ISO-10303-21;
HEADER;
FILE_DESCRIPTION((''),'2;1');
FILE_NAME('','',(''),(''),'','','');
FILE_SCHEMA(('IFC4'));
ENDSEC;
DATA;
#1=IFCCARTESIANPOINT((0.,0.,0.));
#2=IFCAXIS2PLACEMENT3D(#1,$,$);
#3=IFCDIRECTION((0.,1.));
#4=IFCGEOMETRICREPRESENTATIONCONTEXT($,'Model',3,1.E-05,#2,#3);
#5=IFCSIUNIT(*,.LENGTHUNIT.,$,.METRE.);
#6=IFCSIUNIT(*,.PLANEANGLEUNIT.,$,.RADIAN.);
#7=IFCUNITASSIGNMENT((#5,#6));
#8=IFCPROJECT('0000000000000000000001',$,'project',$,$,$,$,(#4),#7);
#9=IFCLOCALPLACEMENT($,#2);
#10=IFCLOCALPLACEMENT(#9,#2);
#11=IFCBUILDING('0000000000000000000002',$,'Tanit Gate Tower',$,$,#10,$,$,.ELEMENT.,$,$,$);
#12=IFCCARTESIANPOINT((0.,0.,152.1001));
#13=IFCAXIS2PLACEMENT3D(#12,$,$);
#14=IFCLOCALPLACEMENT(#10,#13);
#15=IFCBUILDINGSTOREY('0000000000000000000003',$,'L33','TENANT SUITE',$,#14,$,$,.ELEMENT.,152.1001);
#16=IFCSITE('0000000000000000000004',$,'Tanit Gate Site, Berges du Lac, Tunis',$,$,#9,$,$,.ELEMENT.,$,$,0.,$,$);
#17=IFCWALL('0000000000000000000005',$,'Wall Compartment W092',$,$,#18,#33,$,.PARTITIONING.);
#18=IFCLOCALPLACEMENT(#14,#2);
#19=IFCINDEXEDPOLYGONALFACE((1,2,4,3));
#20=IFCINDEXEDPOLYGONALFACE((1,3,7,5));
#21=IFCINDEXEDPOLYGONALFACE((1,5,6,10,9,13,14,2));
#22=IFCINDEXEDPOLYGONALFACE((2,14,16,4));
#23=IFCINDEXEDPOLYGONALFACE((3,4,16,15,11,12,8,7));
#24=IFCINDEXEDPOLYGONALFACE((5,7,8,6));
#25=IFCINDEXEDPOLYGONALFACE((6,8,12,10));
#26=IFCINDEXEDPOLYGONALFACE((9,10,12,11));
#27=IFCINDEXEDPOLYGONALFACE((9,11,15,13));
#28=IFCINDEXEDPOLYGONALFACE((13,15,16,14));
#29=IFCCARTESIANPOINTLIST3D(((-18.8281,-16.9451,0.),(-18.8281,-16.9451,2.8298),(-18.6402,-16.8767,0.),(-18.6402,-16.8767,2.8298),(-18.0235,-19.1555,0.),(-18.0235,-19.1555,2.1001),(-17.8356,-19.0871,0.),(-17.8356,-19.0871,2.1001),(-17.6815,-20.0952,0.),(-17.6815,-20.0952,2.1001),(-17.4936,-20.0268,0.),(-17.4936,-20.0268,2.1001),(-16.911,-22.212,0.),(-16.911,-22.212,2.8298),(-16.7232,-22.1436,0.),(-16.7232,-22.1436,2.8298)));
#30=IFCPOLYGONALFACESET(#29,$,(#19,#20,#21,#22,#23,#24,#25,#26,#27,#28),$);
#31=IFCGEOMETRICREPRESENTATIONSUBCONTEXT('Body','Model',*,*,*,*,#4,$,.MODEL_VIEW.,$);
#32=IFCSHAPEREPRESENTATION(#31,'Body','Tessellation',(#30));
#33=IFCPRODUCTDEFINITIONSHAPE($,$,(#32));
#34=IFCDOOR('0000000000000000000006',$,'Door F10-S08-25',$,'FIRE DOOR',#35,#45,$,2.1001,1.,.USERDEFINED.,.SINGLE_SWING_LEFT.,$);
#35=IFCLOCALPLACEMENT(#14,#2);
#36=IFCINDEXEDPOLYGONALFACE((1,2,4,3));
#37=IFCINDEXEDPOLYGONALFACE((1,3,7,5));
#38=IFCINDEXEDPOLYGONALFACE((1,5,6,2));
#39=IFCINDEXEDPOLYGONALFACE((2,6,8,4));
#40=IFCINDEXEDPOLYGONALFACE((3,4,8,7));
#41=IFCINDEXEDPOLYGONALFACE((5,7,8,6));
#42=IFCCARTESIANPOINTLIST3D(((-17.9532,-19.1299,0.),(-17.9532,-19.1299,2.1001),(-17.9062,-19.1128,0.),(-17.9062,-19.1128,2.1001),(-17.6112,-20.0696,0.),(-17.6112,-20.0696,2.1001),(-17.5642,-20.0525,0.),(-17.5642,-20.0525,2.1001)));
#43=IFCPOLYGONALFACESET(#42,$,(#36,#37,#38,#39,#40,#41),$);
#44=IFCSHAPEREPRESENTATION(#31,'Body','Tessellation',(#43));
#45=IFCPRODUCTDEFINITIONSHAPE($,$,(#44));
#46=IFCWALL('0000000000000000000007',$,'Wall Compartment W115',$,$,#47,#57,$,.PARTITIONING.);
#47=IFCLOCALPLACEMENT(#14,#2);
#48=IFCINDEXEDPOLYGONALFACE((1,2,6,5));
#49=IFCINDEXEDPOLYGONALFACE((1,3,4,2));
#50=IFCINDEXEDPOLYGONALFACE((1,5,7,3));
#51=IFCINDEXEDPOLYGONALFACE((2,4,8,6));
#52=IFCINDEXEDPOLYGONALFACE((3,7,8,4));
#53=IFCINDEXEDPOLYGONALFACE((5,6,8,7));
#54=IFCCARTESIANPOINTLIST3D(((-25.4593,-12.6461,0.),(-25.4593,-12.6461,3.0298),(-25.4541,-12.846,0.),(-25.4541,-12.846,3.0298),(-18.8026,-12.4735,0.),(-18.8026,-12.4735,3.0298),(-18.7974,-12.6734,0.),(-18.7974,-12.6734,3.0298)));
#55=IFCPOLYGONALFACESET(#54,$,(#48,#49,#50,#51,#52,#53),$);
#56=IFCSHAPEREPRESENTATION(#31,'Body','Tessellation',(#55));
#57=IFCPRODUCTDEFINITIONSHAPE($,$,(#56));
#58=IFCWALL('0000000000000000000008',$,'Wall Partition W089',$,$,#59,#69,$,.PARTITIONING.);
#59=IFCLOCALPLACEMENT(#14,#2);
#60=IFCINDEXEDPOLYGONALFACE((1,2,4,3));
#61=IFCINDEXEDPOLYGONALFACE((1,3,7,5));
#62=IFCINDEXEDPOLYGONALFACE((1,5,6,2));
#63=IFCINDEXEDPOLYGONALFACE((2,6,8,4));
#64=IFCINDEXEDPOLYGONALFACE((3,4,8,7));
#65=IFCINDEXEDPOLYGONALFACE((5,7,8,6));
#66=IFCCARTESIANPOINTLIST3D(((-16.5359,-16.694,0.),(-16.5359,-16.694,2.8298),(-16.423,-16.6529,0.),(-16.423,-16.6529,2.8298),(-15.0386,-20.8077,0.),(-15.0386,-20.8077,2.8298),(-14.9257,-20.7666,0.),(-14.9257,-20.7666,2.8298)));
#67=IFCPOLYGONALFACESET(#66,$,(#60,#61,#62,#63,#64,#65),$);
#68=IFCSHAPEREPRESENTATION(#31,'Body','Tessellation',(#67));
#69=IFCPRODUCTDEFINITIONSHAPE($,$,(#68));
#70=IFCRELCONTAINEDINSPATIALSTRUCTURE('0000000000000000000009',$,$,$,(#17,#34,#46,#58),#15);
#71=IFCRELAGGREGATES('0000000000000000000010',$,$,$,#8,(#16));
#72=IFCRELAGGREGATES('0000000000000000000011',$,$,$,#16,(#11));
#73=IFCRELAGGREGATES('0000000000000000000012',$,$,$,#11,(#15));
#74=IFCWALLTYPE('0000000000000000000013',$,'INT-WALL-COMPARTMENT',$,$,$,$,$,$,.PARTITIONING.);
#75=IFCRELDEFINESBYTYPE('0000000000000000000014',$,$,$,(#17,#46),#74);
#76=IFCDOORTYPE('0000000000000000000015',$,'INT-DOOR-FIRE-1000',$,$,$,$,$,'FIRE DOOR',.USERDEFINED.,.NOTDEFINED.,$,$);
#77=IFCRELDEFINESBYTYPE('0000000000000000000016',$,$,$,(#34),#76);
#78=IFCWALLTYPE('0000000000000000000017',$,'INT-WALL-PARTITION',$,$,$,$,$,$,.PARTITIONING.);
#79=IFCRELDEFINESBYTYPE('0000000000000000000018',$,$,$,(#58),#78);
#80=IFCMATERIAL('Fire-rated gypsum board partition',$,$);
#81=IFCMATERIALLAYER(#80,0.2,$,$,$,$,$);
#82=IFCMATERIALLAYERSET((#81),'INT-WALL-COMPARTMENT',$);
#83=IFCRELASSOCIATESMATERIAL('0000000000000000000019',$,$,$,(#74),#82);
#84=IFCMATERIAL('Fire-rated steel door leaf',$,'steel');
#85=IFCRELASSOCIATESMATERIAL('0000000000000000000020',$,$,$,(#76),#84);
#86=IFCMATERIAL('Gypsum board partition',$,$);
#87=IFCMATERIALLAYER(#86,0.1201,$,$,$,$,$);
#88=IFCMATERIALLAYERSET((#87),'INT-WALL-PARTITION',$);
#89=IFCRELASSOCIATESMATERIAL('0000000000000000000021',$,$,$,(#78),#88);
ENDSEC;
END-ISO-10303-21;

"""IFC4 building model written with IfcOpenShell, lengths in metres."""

from ifc_helpers import new_model, si_unit, direction, frame, frame_2d, origin, place, context, subcontext, project, spatial, rectangle, extrude, material, layer, layer_set, type_object, element, fill, save


model = new_model("IFC4")

# Units and contexts
model_context = context("Model", 3, precision=1e-05, world=origin(), true_north=direction((0.0, 1.0)))
body_context = subcontext(model_context, "Body", "Model", "MODEL_VIEW")
ifc_project = project(units=[si_unit("LENGTHUNIT", "METRE"), si_unit("PLANEANGLEUNIT", "RADIAN")], contexts=[model_context])

# Site, building, storey
site_placement = place(None, origin())
site = spatial("IfcSite", under=ifc_project, at=site_placement, Name="Tanit Gate Site, Berges du Lac, Tunis", CompositionType="ELEMENT", RefElevation=0.0)
building_placement = place(site_placement, origin())
building = spatial("IfcBuilding", under=site, at=building_placement, Name="Tanit Gate Tower", CompositionType="ELEMENT")
storey_placement = place(building_placement, frame((0.0, 0.0, 152.1001)))
storey = spatial("IfcBuildingStorey", under=building, at=storey_placement, Name="L33", Description="TENANT SUITE", CompositionType="ELEMENT", Elevation=152.1001)

# Wall, opening, door
ifc_material_1 = material(Name="Fire-rated gypsum board partition")
ifc_layer_1 = layer(ifc_material_1, 0.2)
ifc_layer_set_1 = layer_set([ifc_layer_1], Name="INT-WALL-COMPARTMENT")
wall_type_1 = type_object("IfcWallType", Name="INT-WALL-COMPARTMENT", PredefinedType="PARTITIONING", material=ifc_layer_set_1)
wall_1_placement = place(storey_placement, frame((-18.7341, -16.9109, 0.0), z_axis=(0.0, 0.0, 1.0), x_axis=(0.342023, -0.939692, 0.0)))
wall_1 = element("IfcWall", 1, at=wall_1_placement, inside=storey, type_object=wall_type_1, Name="Wall Compartment W092", PredefinedType="PARTITIONING", context=body_context, shape_type="SweptSolid", body=[
    extrude(rectangle(XDim=5.605, YDim=0.2, at=frame_2d((2.8025, 0.0))), origin(), (0.0, 0.0, 1.0), 2.8298),
])
opening_placement = place(wall_1_placement, frame((2.3523, 0.0, 0.0)))
opening = element("IfcOpeningElement", 2, at=opening_placement, cuts=wall_1, PredefinedType="OPENING", context=body_context, shape_type="SweptSolid", body=[
    extrude(rectangle(XDim=1.0, YDim=2.1001, at=frame_2d((0.5, 1.05))), frame((0.0, 0.1099, 0.0), z_axis=(0.0, -1.0, 0.0), x_axis=(1.0, 0.0, 0.0)), (0.0, 0.0, 1.0), 0.22),
])
ifc_material_2 = material(Name="Fire-rated steel door leaf", Category="steel")
door_type = type_object("IfcDoorType", Name="INT-DOOR-FIRE-1000", ElementType="FIRE DOOR", OperationType="NOTDEFINED", PredefinedType="USERDEFINED", material=ifc_material_2)
door_placement = place(opening_placement, origin())
door = element("IfcDoor", 3, at=door_placement, inside=storey, type_object=door_type, Name="Door F10-S08-25", ObjectType="FIRE DOOR", OperationType="SINGLE_SWING_LEFT", OverallHeight=2.1001, OverallWidth=1.0, PredefinedType="USERDEFINED", context=body_context, shape_type="SweptSolid", body=[
    extrude(rectangle(XDim=1.0, YDim=2.1001, at=frame_2d((0.5, 1.05))), frame((0.0, 0.0249, 0.0), z_axis=(0.0, -1.0, 0.0), x_axis=(1.0, 0.0, 0.0)), (0.0, 0.0, 1.0), 0.05),
])
fill(opening, door)

# Walls
wall_2_placement = place(storey_placement, frame((-25.4568, -12.7461, 0.0), z_axis=(0.0, 0.0, 1.0), x_axis=(0.999664, 0.025921, 0.0)))
element("IfcWall", 4, at=wall_2_placement, inside=storey, type_object=wall_type_1, Name="Wall Compartment W115", PredefinedType="PARTITIONING", context=body_context, shape_type="SweptSolid", body=[
    extrude(rectangle(XDim=6.6589, YDim=0.2, at=frame_2d((3.3296, 0.0))), origin(), (0.0, 0.0, 1.0), 3.0298),
])
ifc_material_3 = material(Name="Gypsum board partition")
ifc_layer_2 = layer(ifc_material_3, 0.1201)
ifc_layer_set_2 = layer_set([ifc_layer_2], Name="INT-WALL-PARTITION")
wall_type_2 = type_object("IfcWallType", Name="INT-WALL-PARTITION", PredefinedType="PARTITIONING", material=ifc_layer_set_2)
wall_3_placement = place(storey_placement, frame((-16.4795, -16.6733, 0.0), z_axis=(0.0, 0.0, 1.0), x_axis=(0.342025, -0.939691, 0.0)))
element("IfcWall", 5, at=wall_3_placement, inside=storey, type_object=wall_type_2, Name="Wall Partition W089", PredefinedType="PARTITIONING", context=body_context, shape_type="SweptSolid", body=[
    extrude(rectangle(XDim=4.3777, YDim=0.1201, at=frame_2d((2.189, 0.0))), origin(), (0.0, 0.0, 1.0), 2.8298),
])

save(model, "model.ifc")
